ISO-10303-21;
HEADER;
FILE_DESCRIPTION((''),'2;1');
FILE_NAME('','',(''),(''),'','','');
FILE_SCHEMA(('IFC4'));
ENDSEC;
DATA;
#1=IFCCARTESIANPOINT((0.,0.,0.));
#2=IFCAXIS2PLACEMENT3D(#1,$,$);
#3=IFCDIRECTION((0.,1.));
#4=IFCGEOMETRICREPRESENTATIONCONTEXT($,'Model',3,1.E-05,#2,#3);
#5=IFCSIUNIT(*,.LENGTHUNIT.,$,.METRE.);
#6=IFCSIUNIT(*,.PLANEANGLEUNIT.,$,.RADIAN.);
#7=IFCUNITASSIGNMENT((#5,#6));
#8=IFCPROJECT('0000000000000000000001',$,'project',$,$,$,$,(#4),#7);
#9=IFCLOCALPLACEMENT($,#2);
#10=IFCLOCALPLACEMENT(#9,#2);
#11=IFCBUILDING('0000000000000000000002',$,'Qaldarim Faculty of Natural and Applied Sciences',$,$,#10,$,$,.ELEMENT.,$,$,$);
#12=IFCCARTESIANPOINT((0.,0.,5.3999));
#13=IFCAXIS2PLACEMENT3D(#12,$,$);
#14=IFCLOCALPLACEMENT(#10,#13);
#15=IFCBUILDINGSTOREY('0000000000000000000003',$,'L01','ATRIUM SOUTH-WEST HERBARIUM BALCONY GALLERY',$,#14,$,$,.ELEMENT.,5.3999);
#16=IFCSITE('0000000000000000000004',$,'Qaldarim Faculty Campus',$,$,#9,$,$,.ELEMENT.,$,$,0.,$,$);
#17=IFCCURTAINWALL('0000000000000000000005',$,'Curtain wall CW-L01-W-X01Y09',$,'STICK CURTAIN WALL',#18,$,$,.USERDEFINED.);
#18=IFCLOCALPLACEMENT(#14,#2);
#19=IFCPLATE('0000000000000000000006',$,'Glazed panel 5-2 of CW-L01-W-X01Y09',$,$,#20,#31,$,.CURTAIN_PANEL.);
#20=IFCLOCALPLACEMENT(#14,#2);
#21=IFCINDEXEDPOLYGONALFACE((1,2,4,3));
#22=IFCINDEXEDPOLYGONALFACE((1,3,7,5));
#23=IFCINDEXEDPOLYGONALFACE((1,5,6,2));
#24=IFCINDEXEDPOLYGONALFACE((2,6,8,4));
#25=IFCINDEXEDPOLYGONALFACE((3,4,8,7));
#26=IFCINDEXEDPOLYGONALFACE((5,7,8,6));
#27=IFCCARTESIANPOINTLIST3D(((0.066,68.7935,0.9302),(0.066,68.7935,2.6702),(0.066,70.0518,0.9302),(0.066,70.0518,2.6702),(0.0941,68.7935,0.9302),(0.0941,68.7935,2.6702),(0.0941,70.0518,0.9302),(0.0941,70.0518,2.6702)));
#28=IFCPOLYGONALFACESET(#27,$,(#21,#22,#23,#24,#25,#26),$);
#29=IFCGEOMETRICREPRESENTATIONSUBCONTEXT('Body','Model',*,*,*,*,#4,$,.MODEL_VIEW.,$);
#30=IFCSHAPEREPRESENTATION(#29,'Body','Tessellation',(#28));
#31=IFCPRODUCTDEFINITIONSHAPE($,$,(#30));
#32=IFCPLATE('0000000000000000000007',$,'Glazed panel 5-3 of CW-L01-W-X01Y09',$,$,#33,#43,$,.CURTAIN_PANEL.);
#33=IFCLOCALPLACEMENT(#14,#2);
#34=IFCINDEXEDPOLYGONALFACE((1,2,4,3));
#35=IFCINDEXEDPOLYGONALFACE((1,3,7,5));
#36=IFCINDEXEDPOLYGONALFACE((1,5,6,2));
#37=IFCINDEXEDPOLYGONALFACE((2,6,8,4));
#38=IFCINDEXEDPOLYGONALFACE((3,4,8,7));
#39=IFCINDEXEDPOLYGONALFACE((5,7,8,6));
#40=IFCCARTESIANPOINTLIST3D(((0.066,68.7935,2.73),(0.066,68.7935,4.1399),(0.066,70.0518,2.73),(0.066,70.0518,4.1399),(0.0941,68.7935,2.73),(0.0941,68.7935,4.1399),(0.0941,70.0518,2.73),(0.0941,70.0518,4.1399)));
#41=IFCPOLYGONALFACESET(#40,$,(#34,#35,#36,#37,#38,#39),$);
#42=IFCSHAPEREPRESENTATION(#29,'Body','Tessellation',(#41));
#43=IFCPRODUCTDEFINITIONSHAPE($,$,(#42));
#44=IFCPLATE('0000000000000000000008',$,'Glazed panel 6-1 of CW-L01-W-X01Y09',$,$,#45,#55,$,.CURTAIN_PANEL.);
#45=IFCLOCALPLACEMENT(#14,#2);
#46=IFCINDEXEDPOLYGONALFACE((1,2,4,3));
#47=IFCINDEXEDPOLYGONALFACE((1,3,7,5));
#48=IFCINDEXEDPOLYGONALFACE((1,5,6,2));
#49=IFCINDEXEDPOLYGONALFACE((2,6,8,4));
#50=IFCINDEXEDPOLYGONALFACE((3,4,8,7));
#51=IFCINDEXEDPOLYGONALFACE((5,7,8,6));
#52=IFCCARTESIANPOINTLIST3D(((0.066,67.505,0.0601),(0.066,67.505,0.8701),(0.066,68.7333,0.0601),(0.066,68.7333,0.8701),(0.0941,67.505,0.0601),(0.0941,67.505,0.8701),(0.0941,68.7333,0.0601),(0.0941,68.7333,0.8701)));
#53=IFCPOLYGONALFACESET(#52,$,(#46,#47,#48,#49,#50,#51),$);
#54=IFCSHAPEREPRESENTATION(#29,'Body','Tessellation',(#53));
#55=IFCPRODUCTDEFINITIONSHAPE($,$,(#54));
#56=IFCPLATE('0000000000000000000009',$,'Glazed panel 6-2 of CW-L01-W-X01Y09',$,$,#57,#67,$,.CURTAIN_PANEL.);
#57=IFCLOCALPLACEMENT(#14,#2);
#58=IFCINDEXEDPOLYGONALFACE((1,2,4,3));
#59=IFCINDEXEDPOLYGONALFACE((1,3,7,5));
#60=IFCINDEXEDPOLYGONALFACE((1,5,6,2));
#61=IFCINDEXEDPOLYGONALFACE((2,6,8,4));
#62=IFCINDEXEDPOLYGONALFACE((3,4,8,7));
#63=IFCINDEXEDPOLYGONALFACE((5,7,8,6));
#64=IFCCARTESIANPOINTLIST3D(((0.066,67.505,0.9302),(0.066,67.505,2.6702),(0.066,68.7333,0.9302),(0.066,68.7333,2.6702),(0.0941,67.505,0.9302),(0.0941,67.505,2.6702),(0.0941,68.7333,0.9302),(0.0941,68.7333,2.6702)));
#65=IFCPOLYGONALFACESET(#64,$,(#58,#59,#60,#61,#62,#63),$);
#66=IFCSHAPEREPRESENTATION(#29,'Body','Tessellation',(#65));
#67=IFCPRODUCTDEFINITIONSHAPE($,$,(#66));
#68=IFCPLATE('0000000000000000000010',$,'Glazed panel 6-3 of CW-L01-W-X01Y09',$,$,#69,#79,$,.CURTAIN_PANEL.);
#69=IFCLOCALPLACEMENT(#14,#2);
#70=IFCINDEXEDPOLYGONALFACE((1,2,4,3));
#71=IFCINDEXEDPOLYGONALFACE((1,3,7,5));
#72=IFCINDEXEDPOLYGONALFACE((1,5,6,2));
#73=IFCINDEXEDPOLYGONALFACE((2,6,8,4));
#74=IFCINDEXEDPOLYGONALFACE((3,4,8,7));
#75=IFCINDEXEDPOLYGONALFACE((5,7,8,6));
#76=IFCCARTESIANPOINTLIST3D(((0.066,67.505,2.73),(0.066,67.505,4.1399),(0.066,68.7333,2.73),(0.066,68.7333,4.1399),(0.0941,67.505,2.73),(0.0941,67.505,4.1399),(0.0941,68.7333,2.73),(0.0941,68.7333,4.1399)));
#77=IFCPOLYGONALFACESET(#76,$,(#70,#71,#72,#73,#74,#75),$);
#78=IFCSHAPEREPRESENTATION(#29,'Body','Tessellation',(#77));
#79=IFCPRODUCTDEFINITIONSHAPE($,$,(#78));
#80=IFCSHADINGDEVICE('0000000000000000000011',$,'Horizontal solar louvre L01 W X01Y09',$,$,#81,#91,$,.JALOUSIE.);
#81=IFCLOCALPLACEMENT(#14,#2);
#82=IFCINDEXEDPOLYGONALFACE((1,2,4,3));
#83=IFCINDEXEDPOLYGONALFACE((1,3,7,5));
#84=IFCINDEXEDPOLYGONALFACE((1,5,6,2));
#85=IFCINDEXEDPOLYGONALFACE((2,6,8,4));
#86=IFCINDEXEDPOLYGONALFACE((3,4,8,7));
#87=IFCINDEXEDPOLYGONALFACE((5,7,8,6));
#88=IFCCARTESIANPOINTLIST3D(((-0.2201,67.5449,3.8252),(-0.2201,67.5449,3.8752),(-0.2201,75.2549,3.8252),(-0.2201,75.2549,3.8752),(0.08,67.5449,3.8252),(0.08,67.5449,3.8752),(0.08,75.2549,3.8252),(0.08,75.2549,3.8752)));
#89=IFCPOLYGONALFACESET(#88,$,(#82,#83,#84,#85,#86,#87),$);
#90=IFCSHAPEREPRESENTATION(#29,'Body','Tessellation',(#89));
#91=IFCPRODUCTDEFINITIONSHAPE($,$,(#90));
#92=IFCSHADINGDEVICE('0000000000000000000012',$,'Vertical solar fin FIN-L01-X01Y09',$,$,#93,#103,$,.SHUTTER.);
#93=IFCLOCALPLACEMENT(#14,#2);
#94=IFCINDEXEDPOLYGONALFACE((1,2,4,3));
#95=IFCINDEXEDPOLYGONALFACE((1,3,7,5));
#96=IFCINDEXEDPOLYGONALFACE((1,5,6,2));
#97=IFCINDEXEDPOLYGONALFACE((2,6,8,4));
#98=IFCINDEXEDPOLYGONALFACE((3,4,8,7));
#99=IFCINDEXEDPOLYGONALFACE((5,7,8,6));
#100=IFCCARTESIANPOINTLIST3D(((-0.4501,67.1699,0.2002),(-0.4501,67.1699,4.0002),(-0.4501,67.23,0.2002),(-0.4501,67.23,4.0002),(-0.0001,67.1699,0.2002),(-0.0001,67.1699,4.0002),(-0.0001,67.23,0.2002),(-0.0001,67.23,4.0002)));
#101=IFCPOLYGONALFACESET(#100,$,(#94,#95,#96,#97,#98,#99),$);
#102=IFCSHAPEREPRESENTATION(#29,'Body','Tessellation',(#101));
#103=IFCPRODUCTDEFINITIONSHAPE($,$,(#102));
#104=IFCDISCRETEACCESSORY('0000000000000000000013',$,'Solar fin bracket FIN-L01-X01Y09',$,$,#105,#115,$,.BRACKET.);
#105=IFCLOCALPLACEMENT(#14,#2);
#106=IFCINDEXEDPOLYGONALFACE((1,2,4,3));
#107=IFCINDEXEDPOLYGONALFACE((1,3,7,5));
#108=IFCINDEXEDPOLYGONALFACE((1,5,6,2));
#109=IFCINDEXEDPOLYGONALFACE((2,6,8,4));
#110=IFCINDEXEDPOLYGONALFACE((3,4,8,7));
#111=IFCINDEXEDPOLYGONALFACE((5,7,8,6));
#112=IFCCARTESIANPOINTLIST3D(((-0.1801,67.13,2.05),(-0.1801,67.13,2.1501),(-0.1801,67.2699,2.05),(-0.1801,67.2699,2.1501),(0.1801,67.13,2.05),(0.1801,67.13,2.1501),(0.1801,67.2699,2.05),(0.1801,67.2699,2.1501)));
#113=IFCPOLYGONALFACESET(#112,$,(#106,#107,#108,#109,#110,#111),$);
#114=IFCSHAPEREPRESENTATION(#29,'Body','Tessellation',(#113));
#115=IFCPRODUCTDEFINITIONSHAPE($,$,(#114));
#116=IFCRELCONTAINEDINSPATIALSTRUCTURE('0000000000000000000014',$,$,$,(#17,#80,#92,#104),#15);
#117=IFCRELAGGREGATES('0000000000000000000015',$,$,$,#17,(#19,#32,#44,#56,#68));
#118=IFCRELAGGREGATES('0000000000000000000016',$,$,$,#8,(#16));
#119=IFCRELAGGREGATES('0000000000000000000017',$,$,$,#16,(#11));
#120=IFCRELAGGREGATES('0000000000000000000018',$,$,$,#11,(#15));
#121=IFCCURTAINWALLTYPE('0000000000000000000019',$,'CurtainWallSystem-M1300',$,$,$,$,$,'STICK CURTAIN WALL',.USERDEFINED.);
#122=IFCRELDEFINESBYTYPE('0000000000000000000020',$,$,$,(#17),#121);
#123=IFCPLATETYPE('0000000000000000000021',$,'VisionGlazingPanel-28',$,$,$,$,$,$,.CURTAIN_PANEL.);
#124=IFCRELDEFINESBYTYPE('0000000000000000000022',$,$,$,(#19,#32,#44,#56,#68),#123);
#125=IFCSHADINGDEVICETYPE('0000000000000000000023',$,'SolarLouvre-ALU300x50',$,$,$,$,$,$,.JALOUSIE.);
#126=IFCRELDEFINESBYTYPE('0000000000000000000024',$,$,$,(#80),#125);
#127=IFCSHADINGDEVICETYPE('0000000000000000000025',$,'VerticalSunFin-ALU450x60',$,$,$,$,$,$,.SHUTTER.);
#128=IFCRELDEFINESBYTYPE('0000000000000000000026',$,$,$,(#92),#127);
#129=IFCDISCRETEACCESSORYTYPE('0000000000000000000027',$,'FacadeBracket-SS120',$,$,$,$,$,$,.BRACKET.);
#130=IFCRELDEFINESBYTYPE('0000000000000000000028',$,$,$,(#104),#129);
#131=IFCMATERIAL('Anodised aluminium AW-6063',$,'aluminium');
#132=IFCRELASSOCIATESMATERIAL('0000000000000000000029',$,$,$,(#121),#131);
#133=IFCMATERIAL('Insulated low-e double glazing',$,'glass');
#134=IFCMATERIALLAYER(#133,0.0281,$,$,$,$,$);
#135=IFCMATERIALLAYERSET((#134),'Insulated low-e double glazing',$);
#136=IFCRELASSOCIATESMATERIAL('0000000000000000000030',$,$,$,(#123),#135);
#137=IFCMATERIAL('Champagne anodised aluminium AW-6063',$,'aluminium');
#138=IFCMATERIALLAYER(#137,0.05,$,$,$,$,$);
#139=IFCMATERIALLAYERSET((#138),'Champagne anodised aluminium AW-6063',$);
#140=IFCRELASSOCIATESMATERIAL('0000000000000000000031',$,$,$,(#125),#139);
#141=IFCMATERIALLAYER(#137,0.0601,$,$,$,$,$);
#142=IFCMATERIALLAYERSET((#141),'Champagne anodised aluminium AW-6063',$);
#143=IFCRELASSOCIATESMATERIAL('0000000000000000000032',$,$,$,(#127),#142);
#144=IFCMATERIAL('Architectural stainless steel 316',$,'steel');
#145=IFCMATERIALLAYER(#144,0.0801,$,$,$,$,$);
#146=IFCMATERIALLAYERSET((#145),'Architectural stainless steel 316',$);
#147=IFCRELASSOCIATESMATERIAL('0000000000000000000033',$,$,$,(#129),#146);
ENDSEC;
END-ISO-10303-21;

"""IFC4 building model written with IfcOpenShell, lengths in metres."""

from ifc_helpers import new_model, si_unit, direction, frame, origin, origin_2d, place, context, subcontext, project, spatial, rectangle, extrude, material, layer, layer_set, type_object, element, aggregate, save


model = new_model("IFC4")

# Units and contexts
model_context = context("Model", 3, precision=1e-05, world=origin(), true_north=direction((0.0, 1.0)))
body_context = subcontext(model_context, "Body", "Model", "MODEL_VIEW")
ifc_project = project(units=[si_unit("LENGTHUNIT", "METRE"), si_unit("PLANEANGLEUNIT", "RADIAN")], contexts=[model_context])

# Site, building, storey
site_placement = place(None, origin())
site = spatial("IfcSite", under=ifc_project, at=site_placement, Name="Qaldarim Faculty Campus", CompositionType="ELEMENT", RefElevation=0.0)
building_placement = place(site_placement, origin())
building = spatial("IfcBuilding", under=site, at=building_placement, Name="Qaldarim Faculty of Natural and Applied Sciences", CompositionType="ELEMENT")
storey_placement = place(building_placement, frame((0.0, 0.0, 5.3999)))
storey = spatial("IfcBuildingStorey", under=building, at=storey_placement, Name="L01", Description="ATRIUM SOUTH-WEST HERBARIUM BALCONY GALLERY", CompositionType="ELEMENT", Elevation=5.3999)

# Curtain wall, plates
ifc_material_1 = material(Name="Anodised aluminium AW-6063", Category="aluminium")
curtain_wall_type = type_object("IfcCurtainWallType", Name="CurtainWallSystem-M1300", ElementType="STICK CURTAIN WALL", PredefinedType="USERDEFINED", material=ifc_material_1)
curtain_wall_placement = place(storey_placement, origin())
curtain_wall = element("IfcCurtainWall", 1, at=curtain_wall_placement, inside=storey, type_object=curtain_wall_type, Name="Curtain wall CW-L01-W-X01Y09", ObjectType="STICK CURTAIN WALL", PredefinedType="USERDEFINED")
ifc_material_2 = material(Name="Insulated low-e double glazing", Category="glass")
ifc_layer_1 = layer(ifc_material_2, 0.0281)
ifc_layer_set_1 = layer_set([ifc_layer_1], Name="Insulated low-e double glazing")
plate_type = type_object("IfcPlateType", Name="VisionGlazingPanel-28", PredefinedType="CURTAIN_PANEL", material=ifc_layer_set_1)
plate_1_placement = place(storey_placement, frame((0.0801, 69.4226, 0.9302), z_axis=(0.0, 0.0, 1.0), x_axis=(0.0, -1.0, 0.0)))
plate_1 = element("IfcPlate", 2, at=plate_1_placement, type_object=plate_type, Name="Glazed panel 5-2 of CW-L01-W-X01Y09", PredefinedType="CURTAIN_PANEL", context=body_context, shape_type="SweptSolid", body=[
    extrude(rectangle(XDim=1.2583, YDim=0.0281, at=origin_2d()), origin(), (0.0, 0.0, 1.0), 1.74),
])
plate_2_placement = place(storey_placement, frame((0.0801, 69.4226, 2.73), z_axis=(0.0, 0.0, 1.0), x_axis=(0.0, -1.0, 0.0)))
plate_2 = element("IfcPlate", 3, at=plate_2_placement, type_object=plate_type, Name="Glazed panel 5-3 of CW-L01-W-X01Y09", PredefinedType="CURTAIN_PANEL", context=body_context, shape_type="SweptSolid", body=[
    extrude(rectangle(XDim=1.2583, YDim=0.0281, at=origin_2d()), origin(), (0.0, 0.0, 1.0), 1.4099),
])
plate_3_placement = place(storey_placement, frame((0.0801, 68.1191, 0.0601), z_axis=(0.0, 0.0, 1.0), x_axis=(0.0, -1.0, 0.0)))
plate_3 = element("IfcPlate", 4, at=plate_3_placement, type_object=plate_type, Name="Glazed panel 6-1 of CW-L01-W-X01Y09", PredefinedType="CURTAIN_PANEL", context=body_context, shape_type="SweptSolid", body=[
    extrude(rectangle(XDim=1.2283, YDim=0.0281, at=origin_2d()), origin(), (0.0, 0.0, 1.0), 0.8101),
])
plate_4_placement = place(storey_placement, frame((0.0801, 68.1191, 0.9302), z_axis=(0.0, 0.0, 1.0), x_axis=(0.0, -1.0, 0.0)))
plate_4 = element("IfcPlate", 5, at=plate_4_placement, type_object=plate_type, Name="Glazed panel 6-2 of CW-L01-W-X01Y09", PredefinedType="CURTAIN_PANEL", context=body_context, shape_type="SweptSolid", body=[
    extrude(rectangle(XDim=1.2283, YDim=0.0281, at=origin_2d()), origin(), (0.0, 0.0, 1.0), 1.74),
])
plate_5_placement = place(storey_placement, frame((0.0801, 68.1191, 2.73), z_axis=(0.0, 0.0, 1.0), x_axis=(0.0, -1.0, 0.0)))
plate_5 = element("IfcPlate", 6, at=plate_5_placement, type_object=plate_type, Name="Glazed panel 6-3 of CW-L01-W-X01Y09", PredefinedType="CURTAIN_PANEL", context=body_context, shape_type="SweptSolid", body=[
    extrude(rectangle(XDim=1.2283, YDim=0.0281, at=origin_2d()), origin(), (0.0, 0.0, 1.0), 1.4099),
])
aggregate(curtain_wall, [plate_1, plate_2, plate_3, plate_4, plate_5])

# Shading devices
ifc_material_3 = material(Name="Champagne anodised aluminium AW-6063", Category="aluminium")
ifc_layer_2 = layer(ifc_material_3, 0.05)
ifc_layer_set_2 = layer_set([ifc_layer_2], Name="Champagne anodised aluminium AW-6063")
shading_device_type_1 = type_object("IfcShadingDeviceType", Name="SolarLouvre-ALU300x50", PredefinedType="JALOUSIE", material=ifc_layer_set_2)
shading_device_1_placement = place(storey_placement, frame((-0.0701, 71.3999, 3.8252), z_axis=(0.0, 0.0, 1.0), x_axis=(0.0, 1.0, 0.0)))
element("IfcShadingDevice", 7, at=shading_device_1_placement, inside=storey, type_object=shading_device_type_1, Name="Horizontal solar louvre L01 W X01Y09", PredefinedType="JALOUSIE", context=body_context, shape_type="SweptSolid", body=[
    extrude(rectangle(XDim=7.71, YDim=0.3, at=origin_2d()), origin(), (0.0, 0.0, 1.0), 0.05),
])
ifc_layer_3 = layer(ifc_material_3, 0.0601)
ifc_layer_set_3 = layer_set([ifc_layer_3], Name="Champagne anodised aluminium AW-6063")
shading_device_type_2 = type_object("IfcShadingDeviceType", Name="VerticalSunFin-ALU450x60", PredefinedType="SHUTTER", material=ifc_layer_set_3)
shading_device_2_placement = place(storey_placement, frame((-0.2251, 67.2, 0.2002), z_axis=(0.0, 0.0, 1.0), x_axis=(1.0, 0.0, 0.0)))
element("IfcShadingDevice", 8, at=shading_device_2_placement, inside=storey, type_object=shading_device_type_2, Name="Vertical solar fin FIN-L01-X01Y09", PredefinedType="SHUTTER", context=body_context, shape_type="SweptSolid", body=[
    extrude(rectangle(XDim=0.45, YDim=0.0601, at=origin_2d()), origin(), (0.0, 0.0, 1.0), 3.8),
])

# Discrete accessory
ifc_material_4 = material(Name="Architectural stainless steel 316", Category="steel")
ifc_layer_4 = layer(ifc_material_4, 0.0801)
ifc_layer_set_4 = layer_set([ifc_layer_4], Name="Architectural stainless steel 316")
discrete_accessory_type = type_object("IfcDiscreteAccessoryType", Name="FacadeBracket-SS120", PredefinedType="BRACKET", material=ifc_layer_set_4)
discrete_accessory_placement = place(storey_placement, frame((0.0, 67.2, 2.05), z_axis=(0.0, 0.0, 1.0), x_axis=(1.0, 0.0, 0.0)))
element("IfcDiscreteAccessory", 9, at=discrete_accessory_placement, inside=storey, type_object=discrete_accessory_type, Name="Solar fin bracket FIN-L01-X01Y09", PredefinedType="BRACKET", context=body_context, shape_type="SweptSolid", body=[
    extrude(rectangle(XDim=0.3601, YDim=0.1399, at=origin_2d()), origin(), (0.0, 0.0, 1.0), 0.1001),
])

save(model, "model.ifc")
